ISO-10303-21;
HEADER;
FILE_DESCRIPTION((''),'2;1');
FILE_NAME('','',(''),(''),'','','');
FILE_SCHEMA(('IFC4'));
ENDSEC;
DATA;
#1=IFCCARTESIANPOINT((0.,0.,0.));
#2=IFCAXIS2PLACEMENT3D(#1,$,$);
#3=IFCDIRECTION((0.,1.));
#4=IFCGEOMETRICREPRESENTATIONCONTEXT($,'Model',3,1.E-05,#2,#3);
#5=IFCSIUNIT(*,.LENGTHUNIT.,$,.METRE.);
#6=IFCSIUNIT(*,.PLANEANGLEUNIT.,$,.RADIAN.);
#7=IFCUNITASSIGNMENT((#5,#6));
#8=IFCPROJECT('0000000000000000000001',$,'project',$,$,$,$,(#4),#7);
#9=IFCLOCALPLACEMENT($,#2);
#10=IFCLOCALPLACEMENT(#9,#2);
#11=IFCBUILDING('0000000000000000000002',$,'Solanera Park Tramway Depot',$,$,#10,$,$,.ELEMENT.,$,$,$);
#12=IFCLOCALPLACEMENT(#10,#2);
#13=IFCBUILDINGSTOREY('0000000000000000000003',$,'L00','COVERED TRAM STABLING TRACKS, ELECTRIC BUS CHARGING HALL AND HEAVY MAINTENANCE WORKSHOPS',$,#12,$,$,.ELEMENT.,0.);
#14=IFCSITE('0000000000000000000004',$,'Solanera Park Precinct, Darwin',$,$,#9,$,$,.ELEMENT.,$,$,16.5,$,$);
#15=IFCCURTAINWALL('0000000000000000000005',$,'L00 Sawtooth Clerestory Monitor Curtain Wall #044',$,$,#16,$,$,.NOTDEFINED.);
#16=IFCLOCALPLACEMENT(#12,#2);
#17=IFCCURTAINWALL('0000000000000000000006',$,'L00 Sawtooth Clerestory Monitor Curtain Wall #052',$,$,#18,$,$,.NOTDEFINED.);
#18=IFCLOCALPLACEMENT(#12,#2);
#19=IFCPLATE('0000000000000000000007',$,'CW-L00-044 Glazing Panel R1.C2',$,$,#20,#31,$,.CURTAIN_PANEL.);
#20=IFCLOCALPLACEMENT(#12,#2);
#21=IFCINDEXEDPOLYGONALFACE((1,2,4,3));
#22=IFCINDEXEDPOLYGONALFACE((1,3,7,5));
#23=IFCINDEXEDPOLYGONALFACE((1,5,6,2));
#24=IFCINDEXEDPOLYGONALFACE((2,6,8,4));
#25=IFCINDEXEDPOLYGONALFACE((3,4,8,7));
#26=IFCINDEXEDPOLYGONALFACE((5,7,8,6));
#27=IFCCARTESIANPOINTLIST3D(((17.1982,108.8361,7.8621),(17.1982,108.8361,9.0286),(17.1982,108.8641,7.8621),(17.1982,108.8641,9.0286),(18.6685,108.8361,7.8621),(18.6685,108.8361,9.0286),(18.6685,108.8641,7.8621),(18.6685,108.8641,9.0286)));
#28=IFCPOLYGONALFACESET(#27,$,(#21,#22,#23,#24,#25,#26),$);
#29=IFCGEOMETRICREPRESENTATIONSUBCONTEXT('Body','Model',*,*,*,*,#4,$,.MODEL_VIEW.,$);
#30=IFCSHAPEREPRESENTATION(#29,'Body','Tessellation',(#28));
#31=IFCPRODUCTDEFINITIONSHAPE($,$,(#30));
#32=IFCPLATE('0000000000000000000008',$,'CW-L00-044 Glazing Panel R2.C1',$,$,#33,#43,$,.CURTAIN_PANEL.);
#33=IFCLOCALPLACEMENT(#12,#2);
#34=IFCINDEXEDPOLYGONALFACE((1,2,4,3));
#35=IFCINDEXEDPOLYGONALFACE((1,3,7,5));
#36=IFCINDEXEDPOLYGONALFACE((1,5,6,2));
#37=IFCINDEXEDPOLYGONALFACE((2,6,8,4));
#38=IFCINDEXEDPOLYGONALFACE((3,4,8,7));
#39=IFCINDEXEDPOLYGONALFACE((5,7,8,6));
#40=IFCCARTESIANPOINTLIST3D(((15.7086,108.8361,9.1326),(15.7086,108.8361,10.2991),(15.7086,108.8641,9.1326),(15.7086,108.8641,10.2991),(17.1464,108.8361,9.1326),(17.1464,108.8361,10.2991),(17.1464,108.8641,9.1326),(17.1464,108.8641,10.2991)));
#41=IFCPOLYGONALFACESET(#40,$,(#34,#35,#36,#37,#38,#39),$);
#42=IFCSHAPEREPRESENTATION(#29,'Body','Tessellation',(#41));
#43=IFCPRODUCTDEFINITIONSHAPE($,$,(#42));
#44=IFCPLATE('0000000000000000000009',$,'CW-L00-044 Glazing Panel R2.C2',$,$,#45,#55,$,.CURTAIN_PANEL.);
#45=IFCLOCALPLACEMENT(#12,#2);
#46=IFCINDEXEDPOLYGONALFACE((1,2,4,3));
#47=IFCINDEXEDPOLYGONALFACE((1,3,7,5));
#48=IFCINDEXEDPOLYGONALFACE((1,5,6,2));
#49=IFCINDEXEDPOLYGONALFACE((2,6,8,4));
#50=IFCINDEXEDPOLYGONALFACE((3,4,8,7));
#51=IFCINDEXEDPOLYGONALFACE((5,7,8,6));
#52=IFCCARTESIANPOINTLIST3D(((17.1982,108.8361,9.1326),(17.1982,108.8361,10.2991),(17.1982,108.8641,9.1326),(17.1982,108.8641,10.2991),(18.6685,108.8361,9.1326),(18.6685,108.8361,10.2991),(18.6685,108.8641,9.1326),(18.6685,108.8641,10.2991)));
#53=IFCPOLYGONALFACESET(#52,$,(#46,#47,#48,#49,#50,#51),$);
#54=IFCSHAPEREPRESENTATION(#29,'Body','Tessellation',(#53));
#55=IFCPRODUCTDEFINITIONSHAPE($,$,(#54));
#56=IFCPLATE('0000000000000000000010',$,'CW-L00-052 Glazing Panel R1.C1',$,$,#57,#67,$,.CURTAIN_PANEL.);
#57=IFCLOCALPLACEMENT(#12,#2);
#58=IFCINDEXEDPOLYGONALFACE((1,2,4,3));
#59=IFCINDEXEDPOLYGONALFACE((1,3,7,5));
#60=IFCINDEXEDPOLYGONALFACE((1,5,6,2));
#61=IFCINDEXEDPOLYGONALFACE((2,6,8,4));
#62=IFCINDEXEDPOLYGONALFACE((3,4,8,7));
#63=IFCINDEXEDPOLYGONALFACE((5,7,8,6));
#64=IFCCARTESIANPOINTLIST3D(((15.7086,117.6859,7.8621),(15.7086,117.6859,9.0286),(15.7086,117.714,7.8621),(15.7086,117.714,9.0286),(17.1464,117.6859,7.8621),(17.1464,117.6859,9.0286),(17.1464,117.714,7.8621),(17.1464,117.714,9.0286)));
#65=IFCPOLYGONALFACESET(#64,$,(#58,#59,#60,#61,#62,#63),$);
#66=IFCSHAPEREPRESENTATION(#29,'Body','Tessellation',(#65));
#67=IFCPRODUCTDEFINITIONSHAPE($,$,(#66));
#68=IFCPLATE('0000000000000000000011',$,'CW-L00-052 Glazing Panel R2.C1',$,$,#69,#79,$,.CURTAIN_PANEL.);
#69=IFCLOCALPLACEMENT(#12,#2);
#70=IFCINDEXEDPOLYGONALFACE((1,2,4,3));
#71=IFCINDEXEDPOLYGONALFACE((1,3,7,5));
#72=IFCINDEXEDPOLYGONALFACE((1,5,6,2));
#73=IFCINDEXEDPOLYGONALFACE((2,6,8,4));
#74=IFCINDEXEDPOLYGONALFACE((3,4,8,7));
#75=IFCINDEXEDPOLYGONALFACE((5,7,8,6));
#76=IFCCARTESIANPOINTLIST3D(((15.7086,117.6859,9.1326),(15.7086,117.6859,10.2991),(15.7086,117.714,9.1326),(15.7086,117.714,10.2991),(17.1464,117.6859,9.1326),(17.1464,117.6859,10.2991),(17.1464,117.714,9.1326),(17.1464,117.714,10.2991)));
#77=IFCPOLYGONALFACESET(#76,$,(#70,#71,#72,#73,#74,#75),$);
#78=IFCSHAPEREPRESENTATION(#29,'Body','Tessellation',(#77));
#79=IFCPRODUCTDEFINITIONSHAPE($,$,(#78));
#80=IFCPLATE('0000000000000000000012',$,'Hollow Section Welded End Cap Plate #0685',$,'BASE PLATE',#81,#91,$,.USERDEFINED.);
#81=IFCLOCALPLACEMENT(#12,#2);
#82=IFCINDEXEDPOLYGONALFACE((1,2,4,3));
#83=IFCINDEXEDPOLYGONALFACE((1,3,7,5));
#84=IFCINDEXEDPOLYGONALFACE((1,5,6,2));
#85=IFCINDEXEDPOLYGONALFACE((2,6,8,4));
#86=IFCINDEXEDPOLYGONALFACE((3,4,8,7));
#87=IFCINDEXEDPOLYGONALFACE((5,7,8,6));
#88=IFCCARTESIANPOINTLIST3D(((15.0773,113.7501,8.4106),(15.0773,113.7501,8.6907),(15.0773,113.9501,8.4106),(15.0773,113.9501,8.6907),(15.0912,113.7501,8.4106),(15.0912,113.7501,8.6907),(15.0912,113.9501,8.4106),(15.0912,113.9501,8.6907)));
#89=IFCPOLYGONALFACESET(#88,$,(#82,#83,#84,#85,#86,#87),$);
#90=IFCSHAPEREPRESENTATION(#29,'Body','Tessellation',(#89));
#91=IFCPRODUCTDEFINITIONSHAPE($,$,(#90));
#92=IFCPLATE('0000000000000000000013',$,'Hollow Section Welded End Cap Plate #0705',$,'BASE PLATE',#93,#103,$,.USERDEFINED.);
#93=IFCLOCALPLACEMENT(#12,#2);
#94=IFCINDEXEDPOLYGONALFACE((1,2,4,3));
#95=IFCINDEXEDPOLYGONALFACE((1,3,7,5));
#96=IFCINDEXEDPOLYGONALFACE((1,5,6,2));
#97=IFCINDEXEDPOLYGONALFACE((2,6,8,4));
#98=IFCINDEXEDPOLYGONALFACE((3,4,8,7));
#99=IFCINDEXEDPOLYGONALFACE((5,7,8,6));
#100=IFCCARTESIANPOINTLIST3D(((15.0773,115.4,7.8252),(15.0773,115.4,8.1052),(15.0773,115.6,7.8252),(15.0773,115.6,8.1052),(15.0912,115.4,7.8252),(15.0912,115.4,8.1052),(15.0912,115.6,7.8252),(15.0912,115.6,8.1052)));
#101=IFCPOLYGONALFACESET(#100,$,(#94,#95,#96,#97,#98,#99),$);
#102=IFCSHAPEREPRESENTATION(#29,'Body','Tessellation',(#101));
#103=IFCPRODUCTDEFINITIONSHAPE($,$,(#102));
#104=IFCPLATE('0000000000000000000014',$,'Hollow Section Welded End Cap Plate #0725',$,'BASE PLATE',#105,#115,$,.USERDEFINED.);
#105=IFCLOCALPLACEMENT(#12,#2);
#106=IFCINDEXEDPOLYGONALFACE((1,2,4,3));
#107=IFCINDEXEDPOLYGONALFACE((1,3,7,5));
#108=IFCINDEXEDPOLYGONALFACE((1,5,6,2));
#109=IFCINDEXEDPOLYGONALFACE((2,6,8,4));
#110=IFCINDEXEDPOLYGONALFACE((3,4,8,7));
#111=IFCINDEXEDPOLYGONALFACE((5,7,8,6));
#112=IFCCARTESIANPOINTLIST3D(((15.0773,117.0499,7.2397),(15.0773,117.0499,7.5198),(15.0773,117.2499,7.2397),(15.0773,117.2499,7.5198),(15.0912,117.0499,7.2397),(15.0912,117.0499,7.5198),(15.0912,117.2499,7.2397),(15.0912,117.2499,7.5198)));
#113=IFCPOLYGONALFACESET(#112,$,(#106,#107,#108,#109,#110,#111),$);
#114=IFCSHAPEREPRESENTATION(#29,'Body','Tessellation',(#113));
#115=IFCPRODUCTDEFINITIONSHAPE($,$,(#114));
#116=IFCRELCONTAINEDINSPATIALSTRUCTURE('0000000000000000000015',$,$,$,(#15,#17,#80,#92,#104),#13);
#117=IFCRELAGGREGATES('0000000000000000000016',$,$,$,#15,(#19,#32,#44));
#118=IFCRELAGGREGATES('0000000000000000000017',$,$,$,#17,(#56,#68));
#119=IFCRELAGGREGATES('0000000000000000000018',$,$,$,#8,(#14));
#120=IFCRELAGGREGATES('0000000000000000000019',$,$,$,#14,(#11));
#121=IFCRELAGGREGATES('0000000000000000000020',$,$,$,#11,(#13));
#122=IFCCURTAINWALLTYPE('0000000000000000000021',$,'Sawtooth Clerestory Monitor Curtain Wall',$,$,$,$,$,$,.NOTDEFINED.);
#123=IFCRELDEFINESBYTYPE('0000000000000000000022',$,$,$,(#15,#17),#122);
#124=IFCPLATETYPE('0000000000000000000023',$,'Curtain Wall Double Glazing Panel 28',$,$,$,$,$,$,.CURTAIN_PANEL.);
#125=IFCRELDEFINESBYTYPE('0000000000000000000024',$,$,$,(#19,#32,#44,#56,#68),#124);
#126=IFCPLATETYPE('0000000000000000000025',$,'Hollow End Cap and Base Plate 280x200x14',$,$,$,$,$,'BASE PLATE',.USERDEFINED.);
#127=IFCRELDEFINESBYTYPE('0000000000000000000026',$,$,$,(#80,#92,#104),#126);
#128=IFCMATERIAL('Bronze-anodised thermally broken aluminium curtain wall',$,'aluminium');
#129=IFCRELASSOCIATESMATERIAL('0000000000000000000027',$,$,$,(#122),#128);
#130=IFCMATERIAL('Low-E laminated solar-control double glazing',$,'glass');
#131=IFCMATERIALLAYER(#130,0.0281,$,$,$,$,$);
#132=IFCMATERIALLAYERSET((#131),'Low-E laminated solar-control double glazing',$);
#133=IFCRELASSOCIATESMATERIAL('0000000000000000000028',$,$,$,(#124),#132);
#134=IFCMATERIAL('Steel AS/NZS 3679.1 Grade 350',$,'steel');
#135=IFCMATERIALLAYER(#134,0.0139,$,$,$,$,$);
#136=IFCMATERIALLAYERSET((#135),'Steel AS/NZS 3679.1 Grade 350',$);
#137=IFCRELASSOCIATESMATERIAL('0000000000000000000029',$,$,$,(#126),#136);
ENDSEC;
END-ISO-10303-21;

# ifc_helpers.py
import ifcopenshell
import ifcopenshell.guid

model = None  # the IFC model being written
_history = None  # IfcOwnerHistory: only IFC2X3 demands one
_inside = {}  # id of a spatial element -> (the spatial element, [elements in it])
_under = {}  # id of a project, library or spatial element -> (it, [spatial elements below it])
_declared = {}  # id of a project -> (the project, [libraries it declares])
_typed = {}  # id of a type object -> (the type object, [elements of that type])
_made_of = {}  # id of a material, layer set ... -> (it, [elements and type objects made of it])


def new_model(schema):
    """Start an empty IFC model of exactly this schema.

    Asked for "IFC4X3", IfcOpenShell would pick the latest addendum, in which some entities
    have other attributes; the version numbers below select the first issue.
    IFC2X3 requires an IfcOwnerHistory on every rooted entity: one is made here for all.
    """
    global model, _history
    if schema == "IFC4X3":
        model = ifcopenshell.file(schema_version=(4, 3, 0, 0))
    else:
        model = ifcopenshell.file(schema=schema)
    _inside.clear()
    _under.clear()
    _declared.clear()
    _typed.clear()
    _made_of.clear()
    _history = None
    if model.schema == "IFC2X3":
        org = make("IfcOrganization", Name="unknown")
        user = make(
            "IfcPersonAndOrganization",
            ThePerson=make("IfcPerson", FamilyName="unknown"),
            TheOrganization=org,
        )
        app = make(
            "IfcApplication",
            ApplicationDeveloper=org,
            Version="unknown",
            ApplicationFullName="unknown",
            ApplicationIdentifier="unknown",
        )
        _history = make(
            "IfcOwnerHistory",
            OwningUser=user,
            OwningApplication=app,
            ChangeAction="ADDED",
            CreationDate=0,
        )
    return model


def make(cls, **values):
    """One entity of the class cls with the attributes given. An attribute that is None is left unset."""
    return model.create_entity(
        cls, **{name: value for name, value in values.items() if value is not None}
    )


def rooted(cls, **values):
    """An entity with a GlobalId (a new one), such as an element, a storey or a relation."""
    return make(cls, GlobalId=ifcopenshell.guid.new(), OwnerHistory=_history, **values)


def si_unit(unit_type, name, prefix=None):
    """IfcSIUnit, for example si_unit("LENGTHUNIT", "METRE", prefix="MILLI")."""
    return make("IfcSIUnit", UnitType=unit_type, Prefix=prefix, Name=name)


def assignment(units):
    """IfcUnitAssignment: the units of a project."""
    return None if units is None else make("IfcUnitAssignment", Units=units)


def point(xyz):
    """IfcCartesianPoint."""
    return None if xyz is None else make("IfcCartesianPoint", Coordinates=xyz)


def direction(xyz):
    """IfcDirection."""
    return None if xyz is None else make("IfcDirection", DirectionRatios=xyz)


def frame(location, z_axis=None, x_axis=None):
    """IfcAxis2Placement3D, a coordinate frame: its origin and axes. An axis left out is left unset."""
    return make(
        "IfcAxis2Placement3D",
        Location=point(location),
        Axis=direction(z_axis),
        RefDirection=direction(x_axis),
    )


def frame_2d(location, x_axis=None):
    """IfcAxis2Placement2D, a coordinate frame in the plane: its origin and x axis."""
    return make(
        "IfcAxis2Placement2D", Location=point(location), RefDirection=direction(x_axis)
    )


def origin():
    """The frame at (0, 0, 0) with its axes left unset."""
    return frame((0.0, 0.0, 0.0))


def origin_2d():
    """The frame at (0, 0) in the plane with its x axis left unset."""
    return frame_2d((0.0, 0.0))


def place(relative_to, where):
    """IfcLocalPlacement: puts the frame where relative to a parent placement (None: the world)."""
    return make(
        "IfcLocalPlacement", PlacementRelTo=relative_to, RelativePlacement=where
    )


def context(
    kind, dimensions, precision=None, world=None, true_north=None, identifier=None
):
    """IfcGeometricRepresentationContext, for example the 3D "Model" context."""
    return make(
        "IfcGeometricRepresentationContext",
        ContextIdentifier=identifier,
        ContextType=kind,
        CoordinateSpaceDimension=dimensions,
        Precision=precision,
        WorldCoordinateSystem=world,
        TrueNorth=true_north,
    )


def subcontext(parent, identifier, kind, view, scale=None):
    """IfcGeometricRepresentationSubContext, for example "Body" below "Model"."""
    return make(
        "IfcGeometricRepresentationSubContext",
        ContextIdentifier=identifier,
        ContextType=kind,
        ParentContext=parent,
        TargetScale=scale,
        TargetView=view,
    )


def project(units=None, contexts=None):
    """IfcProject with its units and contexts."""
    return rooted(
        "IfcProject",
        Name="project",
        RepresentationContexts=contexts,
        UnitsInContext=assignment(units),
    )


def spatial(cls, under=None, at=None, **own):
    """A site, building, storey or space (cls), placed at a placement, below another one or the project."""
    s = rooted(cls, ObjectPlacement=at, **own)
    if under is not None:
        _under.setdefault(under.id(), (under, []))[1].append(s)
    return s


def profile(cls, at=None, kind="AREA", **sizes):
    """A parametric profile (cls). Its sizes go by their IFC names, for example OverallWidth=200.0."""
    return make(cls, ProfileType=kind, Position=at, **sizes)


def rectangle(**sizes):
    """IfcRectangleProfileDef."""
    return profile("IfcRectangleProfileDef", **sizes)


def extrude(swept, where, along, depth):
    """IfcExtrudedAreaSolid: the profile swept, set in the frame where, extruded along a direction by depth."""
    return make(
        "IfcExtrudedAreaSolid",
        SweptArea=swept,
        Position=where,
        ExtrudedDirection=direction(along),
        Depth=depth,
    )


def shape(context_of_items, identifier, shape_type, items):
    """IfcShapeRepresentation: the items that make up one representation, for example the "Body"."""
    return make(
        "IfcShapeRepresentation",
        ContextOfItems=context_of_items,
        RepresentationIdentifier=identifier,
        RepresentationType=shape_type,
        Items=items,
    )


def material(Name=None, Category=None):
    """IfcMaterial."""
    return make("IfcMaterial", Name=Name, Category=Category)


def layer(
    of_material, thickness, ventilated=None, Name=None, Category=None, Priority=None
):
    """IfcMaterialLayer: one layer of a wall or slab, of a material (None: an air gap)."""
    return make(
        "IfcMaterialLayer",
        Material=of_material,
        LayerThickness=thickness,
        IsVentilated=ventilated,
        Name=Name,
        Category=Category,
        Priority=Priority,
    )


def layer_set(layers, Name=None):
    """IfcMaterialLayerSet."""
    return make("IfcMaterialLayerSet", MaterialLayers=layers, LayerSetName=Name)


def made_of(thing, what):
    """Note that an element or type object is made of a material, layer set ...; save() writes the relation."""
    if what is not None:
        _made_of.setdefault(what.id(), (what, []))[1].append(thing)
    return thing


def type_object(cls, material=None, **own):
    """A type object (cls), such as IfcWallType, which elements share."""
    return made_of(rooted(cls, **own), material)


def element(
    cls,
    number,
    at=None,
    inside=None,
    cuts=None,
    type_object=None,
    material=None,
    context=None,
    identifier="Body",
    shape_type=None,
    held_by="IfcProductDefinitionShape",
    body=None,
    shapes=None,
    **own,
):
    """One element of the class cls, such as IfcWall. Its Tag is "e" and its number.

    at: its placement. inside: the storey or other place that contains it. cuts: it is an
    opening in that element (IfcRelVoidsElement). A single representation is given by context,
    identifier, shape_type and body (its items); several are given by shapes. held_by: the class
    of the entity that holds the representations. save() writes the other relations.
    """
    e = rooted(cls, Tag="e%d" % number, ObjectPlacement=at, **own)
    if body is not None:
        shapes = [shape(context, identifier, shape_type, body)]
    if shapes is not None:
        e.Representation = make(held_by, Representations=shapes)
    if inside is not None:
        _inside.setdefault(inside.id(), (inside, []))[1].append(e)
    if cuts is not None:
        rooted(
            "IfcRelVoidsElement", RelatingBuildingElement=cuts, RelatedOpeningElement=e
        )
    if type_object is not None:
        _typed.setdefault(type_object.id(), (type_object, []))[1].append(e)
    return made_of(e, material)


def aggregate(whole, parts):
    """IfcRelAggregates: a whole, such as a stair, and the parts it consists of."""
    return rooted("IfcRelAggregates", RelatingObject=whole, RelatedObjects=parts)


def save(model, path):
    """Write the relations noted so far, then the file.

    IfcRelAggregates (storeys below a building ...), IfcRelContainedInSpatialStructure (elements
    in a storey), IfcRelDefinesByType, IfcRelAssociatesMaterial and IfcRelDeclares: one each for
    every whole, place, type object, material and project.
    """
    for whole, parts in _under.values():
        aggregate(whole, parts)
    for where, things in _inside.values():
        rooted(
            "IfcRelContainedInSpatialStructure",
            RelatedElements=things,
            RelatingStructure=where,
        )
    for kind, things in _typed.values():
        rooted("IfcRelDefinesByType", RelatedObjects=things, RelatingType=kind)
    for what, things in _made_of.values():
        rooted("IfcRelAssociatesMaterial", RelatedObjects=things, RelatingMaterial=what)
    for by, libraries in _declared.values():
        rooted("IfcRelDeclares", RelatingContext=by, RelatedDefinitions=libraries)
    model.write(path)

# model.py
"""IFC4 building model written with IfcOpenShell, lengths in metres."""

from ifc_helpers import new_model, si_unit, direction, frame, origin, origin_2d, place, context, subcontext, project, spatial, rectangle, extrude, material, layer, layer_set, type_object, element, aggregate, save


model = new_model("IFC4")

# Units and contexts
model_context = context("Model", 3, precision=1e-05, world=origin(), true_north=direction((0.0, 1.0)))
body_context = subcontext(model_context, "Body", "Model", "MODEL_VIEW")
ifc_project = project(units=[si_unit("LENGTHUNIT", "METRE"), si_unit("PLANEANGLEUNIT", "RADIAN")], contexts=[model_context])

# Site, building, storey
site_placement = place(None, origin())
site = spatial("IfcSite", under=ifc_project, at=site_placement, Name="Solanera Park Precinct, Darwin", CompositionType="ELEMENT", RefElevation=16.5)
building_placement = place(site_placement, origin())
building = spatial("IfcBuilding", under=site, at=building_placement, Name="Solanera Park Tramway Depot", CompositionType="ELEMENT")
storey_placement = place(building_placement, origin())
storey = spatial("IfcBuildingStorey", under=building, at=storey_placement, Name="L00", Description="COVERED TRAM STABLING TRACKS, ELECTRIC BUS CHARGING HALL AND HEAVY MAINTENANCE WORKSHOPS", CompositionType="ELEMENT", Elevation=0.0)

# Curtain walls
ifc_material_1 = material(Name="Bronze-anodised thermally broken aluminium curtain wall", Category="aluminium")
curtain_wall_type = type_object("IfcCurtainWallType", Name="Sawtooth Clerestory Monitor Curtain Wall", PredefinedType="NOTDEFINED", material=ifc_material_1)
curtain_wall_1_placement = place(storey_placement, origin())
curtain_wall_1 = element("IfcCurtainWall", 1, at=curtain_wall_1_placement, inside=storey, type_object=curtain_wall_type, Name="L00 Sawtooth Clerestory Monitor Curtain Wall #044", PredefinedType="NOTDEFINED")
curtain_wall_2_placement = place(storey_placement, origin())
curtain_wall_2 = element("IfcCurtainWall", 2, at=curtain_wall_2_placement, inside=storey, type_object=curtain_wall_type, Name="L00 Sawtooth Clerestory Monitor Curtain Wall #052", PredefinedType="NOTDEFINED")

# Plates
ifc_material_2 = material(Name="Low-E laminated solar-control double glazing", Category="glass")
ifc_layer_1 = layer(ifc_material_2, 0.0281)
ifc_layer_set_1 = layer_set([ifc_layer_1], Name="Low-E laminated solar-control double glazing")
plate_type_1 = type_object("IfcPlateType", Name="Curtain Wall Double Glazing Panel 28", PredefinedType="CURTAIN_PANEL", material=ifc_layer_set_1)
plate_1_placement = place(storey_placement, frame((17.9333, 108.8501, 7.8621), z_axis=(0.0, 0.0, 1.0), x_axis=(1.0, 0.0, 0.0)))
plate_1 = element("IfcPlate", 3, at=plate_1_placement, type_object=plate_type_1, Name="CW-L00-044 Glazing Panel R1.C2", PredefinedType="CURTAIN_PANEL", context=body_context, shape_type="SweptSolid", body=[
    extrude(rectangle(XDim=1.4702, YDim=0.0281, at=origin_2d()), origin(), (0.0, 0.0, 1.0), 1.1665),
])
plate_2_placement = place(storey_placement, frame((16.4275, 108.8501, 9.1326), z_axis=(0.0, 0.0, 1.0), x_axis=(1.0, 0.0, 0.0)))
plate_2 = element("IfcPlate", 4, at=plate_2_placement, type_object=plate_type_1, Name="CW-L00-044 Glazing Panel R2.C1", PredefinedType="CURTAIN_PANEL", context=body_context, shape_type="SweptSolid", body=[
    extrude(rectangle(XDim=1.4377, YDim=0.0281, at=origin_2d()), origin(), (0.0, 0.0, 1.0), 1.1665),
])
plate_3_placement = place(storey_placement, frame((17.9333, 108.8501, 9.1326), z_axis=(0.0, 0.0, 1.0), x_axis=(1.0, 0.0, 0.0)))
plate_3 = element("IfcPlate", 5, at=plate_3_placement, type_object=plate_type_1, Name="CW-L00-044 Glazing Panel R2.C2", PredefinedType="CURTAIN_PANEL", context=body_context, shape_type="SweptSolid", body=[
    extrude(rectangle(XDim=1.4702, YDim=0.0281, at=origin_2d()), origin(), (0.0, 0.0, 1.0), 1.1665),
])
aggregate(curtain_wall_1, [plate_1, plate_2, plate_3])
plate_4_placement = place(storey_placement, frame((16.4275, 117.7, 7.8621), z_axis=(0.0, 0.0, 1.0), x_axis=(1.0, 0.0, 0.0)))
plate_4 = element("IfcPlate", 6, at=plate_4_placement, type_object=plate_type_1, Name="CW-L00-052 Glazing Panel R1.C1", PredefinedType="CURTAIN_PANEL", context=body_context, shape_type="SweptSolid", body=[
    extrude(rectangle(XDim=1.4377, YDim=0.0281, at=origin_2d()), origin(), (0.0, 0.0, 1.0), 1.1665),
])
plate_5_placement = place(storey_placement, frame((16.4275, 117.7, 9.1326), z_axis=(0.0, 0.0, 1.0), x_axis=(1.0, 0.0, 0.0)))
plate_5 = element("IfcPlate", 7, at=plate_5_placement, type_object=plate_type_1, Name="CW-L00-052 Glazing Panel R2.C1", PredefinedType="CURTAIN_PANEL", context=body_context, shape_type="SweptSolid", body=[
    extrude(rectangle(XDim=1.4377, YDim=0.0281, at=origin_2d()), origin(), (0.0, 0.0, 1.0), 1.1665),
])
aggregate(curtain_wall_2, [plate_4, plate_5])

# Plates
ifc_material_3 = material(Name="Steel AS/NZS 3679.1 Grade 350", Category="steel")
ifc_layer_2 = layer(ifc_material_3, 0.0139)
ifc_layer_set_2 = layer_set([ifc_layer_2], Name="Steel AS/NZS 3679.1 Grade 350")
plate_type_2 = type_object("IfcPlateType", Name="Hollow End Cap and Base Plate 280x200x14", ElementType="BASE PLATE", PredefinedType="USERDEFINED", material=ifc_layer_set_2)
for number, where, z_axis, x_axis, name in (
    (8, (15.0842, 113.8501, 8.4106), (0.0, 0.0, 1.0), (1.0, 0.0, 0.0), "Hollow Section Welded End Cap Plate #0685"),
    (9, (15.0842, 115.5, 7.8252), (0.0, 0.0, 1.0), (1.0, 0.0, 0.0), "Hollow Section Welded End Cap Plate #0705"),
    (10, (15.0842, 117.1499, 7.2397), (0.0, 0.0, 1.0), (1.0, 0.0, 0.0), "Hollow Section Welded End Cap Plate #0725"),
):
    element("IfcPlate", number, at=place(storey_placement, frame(where, z_axis=z_axis, x_axis=x_axis)), inside=storey, type_object=plate_type_2, Name=name, ObjectType="BASE PLATE", PredefinedType="USERDEFINED", context=body_context, shape_type="SweptSolid", body=[
        extrude(rectangle(XDim=0.0139, YDim=0.2, at=origin_2d()), origin(), (0.0, 0.0, 1.0), 0.28),
    ])

save(model, "model.ifc")
